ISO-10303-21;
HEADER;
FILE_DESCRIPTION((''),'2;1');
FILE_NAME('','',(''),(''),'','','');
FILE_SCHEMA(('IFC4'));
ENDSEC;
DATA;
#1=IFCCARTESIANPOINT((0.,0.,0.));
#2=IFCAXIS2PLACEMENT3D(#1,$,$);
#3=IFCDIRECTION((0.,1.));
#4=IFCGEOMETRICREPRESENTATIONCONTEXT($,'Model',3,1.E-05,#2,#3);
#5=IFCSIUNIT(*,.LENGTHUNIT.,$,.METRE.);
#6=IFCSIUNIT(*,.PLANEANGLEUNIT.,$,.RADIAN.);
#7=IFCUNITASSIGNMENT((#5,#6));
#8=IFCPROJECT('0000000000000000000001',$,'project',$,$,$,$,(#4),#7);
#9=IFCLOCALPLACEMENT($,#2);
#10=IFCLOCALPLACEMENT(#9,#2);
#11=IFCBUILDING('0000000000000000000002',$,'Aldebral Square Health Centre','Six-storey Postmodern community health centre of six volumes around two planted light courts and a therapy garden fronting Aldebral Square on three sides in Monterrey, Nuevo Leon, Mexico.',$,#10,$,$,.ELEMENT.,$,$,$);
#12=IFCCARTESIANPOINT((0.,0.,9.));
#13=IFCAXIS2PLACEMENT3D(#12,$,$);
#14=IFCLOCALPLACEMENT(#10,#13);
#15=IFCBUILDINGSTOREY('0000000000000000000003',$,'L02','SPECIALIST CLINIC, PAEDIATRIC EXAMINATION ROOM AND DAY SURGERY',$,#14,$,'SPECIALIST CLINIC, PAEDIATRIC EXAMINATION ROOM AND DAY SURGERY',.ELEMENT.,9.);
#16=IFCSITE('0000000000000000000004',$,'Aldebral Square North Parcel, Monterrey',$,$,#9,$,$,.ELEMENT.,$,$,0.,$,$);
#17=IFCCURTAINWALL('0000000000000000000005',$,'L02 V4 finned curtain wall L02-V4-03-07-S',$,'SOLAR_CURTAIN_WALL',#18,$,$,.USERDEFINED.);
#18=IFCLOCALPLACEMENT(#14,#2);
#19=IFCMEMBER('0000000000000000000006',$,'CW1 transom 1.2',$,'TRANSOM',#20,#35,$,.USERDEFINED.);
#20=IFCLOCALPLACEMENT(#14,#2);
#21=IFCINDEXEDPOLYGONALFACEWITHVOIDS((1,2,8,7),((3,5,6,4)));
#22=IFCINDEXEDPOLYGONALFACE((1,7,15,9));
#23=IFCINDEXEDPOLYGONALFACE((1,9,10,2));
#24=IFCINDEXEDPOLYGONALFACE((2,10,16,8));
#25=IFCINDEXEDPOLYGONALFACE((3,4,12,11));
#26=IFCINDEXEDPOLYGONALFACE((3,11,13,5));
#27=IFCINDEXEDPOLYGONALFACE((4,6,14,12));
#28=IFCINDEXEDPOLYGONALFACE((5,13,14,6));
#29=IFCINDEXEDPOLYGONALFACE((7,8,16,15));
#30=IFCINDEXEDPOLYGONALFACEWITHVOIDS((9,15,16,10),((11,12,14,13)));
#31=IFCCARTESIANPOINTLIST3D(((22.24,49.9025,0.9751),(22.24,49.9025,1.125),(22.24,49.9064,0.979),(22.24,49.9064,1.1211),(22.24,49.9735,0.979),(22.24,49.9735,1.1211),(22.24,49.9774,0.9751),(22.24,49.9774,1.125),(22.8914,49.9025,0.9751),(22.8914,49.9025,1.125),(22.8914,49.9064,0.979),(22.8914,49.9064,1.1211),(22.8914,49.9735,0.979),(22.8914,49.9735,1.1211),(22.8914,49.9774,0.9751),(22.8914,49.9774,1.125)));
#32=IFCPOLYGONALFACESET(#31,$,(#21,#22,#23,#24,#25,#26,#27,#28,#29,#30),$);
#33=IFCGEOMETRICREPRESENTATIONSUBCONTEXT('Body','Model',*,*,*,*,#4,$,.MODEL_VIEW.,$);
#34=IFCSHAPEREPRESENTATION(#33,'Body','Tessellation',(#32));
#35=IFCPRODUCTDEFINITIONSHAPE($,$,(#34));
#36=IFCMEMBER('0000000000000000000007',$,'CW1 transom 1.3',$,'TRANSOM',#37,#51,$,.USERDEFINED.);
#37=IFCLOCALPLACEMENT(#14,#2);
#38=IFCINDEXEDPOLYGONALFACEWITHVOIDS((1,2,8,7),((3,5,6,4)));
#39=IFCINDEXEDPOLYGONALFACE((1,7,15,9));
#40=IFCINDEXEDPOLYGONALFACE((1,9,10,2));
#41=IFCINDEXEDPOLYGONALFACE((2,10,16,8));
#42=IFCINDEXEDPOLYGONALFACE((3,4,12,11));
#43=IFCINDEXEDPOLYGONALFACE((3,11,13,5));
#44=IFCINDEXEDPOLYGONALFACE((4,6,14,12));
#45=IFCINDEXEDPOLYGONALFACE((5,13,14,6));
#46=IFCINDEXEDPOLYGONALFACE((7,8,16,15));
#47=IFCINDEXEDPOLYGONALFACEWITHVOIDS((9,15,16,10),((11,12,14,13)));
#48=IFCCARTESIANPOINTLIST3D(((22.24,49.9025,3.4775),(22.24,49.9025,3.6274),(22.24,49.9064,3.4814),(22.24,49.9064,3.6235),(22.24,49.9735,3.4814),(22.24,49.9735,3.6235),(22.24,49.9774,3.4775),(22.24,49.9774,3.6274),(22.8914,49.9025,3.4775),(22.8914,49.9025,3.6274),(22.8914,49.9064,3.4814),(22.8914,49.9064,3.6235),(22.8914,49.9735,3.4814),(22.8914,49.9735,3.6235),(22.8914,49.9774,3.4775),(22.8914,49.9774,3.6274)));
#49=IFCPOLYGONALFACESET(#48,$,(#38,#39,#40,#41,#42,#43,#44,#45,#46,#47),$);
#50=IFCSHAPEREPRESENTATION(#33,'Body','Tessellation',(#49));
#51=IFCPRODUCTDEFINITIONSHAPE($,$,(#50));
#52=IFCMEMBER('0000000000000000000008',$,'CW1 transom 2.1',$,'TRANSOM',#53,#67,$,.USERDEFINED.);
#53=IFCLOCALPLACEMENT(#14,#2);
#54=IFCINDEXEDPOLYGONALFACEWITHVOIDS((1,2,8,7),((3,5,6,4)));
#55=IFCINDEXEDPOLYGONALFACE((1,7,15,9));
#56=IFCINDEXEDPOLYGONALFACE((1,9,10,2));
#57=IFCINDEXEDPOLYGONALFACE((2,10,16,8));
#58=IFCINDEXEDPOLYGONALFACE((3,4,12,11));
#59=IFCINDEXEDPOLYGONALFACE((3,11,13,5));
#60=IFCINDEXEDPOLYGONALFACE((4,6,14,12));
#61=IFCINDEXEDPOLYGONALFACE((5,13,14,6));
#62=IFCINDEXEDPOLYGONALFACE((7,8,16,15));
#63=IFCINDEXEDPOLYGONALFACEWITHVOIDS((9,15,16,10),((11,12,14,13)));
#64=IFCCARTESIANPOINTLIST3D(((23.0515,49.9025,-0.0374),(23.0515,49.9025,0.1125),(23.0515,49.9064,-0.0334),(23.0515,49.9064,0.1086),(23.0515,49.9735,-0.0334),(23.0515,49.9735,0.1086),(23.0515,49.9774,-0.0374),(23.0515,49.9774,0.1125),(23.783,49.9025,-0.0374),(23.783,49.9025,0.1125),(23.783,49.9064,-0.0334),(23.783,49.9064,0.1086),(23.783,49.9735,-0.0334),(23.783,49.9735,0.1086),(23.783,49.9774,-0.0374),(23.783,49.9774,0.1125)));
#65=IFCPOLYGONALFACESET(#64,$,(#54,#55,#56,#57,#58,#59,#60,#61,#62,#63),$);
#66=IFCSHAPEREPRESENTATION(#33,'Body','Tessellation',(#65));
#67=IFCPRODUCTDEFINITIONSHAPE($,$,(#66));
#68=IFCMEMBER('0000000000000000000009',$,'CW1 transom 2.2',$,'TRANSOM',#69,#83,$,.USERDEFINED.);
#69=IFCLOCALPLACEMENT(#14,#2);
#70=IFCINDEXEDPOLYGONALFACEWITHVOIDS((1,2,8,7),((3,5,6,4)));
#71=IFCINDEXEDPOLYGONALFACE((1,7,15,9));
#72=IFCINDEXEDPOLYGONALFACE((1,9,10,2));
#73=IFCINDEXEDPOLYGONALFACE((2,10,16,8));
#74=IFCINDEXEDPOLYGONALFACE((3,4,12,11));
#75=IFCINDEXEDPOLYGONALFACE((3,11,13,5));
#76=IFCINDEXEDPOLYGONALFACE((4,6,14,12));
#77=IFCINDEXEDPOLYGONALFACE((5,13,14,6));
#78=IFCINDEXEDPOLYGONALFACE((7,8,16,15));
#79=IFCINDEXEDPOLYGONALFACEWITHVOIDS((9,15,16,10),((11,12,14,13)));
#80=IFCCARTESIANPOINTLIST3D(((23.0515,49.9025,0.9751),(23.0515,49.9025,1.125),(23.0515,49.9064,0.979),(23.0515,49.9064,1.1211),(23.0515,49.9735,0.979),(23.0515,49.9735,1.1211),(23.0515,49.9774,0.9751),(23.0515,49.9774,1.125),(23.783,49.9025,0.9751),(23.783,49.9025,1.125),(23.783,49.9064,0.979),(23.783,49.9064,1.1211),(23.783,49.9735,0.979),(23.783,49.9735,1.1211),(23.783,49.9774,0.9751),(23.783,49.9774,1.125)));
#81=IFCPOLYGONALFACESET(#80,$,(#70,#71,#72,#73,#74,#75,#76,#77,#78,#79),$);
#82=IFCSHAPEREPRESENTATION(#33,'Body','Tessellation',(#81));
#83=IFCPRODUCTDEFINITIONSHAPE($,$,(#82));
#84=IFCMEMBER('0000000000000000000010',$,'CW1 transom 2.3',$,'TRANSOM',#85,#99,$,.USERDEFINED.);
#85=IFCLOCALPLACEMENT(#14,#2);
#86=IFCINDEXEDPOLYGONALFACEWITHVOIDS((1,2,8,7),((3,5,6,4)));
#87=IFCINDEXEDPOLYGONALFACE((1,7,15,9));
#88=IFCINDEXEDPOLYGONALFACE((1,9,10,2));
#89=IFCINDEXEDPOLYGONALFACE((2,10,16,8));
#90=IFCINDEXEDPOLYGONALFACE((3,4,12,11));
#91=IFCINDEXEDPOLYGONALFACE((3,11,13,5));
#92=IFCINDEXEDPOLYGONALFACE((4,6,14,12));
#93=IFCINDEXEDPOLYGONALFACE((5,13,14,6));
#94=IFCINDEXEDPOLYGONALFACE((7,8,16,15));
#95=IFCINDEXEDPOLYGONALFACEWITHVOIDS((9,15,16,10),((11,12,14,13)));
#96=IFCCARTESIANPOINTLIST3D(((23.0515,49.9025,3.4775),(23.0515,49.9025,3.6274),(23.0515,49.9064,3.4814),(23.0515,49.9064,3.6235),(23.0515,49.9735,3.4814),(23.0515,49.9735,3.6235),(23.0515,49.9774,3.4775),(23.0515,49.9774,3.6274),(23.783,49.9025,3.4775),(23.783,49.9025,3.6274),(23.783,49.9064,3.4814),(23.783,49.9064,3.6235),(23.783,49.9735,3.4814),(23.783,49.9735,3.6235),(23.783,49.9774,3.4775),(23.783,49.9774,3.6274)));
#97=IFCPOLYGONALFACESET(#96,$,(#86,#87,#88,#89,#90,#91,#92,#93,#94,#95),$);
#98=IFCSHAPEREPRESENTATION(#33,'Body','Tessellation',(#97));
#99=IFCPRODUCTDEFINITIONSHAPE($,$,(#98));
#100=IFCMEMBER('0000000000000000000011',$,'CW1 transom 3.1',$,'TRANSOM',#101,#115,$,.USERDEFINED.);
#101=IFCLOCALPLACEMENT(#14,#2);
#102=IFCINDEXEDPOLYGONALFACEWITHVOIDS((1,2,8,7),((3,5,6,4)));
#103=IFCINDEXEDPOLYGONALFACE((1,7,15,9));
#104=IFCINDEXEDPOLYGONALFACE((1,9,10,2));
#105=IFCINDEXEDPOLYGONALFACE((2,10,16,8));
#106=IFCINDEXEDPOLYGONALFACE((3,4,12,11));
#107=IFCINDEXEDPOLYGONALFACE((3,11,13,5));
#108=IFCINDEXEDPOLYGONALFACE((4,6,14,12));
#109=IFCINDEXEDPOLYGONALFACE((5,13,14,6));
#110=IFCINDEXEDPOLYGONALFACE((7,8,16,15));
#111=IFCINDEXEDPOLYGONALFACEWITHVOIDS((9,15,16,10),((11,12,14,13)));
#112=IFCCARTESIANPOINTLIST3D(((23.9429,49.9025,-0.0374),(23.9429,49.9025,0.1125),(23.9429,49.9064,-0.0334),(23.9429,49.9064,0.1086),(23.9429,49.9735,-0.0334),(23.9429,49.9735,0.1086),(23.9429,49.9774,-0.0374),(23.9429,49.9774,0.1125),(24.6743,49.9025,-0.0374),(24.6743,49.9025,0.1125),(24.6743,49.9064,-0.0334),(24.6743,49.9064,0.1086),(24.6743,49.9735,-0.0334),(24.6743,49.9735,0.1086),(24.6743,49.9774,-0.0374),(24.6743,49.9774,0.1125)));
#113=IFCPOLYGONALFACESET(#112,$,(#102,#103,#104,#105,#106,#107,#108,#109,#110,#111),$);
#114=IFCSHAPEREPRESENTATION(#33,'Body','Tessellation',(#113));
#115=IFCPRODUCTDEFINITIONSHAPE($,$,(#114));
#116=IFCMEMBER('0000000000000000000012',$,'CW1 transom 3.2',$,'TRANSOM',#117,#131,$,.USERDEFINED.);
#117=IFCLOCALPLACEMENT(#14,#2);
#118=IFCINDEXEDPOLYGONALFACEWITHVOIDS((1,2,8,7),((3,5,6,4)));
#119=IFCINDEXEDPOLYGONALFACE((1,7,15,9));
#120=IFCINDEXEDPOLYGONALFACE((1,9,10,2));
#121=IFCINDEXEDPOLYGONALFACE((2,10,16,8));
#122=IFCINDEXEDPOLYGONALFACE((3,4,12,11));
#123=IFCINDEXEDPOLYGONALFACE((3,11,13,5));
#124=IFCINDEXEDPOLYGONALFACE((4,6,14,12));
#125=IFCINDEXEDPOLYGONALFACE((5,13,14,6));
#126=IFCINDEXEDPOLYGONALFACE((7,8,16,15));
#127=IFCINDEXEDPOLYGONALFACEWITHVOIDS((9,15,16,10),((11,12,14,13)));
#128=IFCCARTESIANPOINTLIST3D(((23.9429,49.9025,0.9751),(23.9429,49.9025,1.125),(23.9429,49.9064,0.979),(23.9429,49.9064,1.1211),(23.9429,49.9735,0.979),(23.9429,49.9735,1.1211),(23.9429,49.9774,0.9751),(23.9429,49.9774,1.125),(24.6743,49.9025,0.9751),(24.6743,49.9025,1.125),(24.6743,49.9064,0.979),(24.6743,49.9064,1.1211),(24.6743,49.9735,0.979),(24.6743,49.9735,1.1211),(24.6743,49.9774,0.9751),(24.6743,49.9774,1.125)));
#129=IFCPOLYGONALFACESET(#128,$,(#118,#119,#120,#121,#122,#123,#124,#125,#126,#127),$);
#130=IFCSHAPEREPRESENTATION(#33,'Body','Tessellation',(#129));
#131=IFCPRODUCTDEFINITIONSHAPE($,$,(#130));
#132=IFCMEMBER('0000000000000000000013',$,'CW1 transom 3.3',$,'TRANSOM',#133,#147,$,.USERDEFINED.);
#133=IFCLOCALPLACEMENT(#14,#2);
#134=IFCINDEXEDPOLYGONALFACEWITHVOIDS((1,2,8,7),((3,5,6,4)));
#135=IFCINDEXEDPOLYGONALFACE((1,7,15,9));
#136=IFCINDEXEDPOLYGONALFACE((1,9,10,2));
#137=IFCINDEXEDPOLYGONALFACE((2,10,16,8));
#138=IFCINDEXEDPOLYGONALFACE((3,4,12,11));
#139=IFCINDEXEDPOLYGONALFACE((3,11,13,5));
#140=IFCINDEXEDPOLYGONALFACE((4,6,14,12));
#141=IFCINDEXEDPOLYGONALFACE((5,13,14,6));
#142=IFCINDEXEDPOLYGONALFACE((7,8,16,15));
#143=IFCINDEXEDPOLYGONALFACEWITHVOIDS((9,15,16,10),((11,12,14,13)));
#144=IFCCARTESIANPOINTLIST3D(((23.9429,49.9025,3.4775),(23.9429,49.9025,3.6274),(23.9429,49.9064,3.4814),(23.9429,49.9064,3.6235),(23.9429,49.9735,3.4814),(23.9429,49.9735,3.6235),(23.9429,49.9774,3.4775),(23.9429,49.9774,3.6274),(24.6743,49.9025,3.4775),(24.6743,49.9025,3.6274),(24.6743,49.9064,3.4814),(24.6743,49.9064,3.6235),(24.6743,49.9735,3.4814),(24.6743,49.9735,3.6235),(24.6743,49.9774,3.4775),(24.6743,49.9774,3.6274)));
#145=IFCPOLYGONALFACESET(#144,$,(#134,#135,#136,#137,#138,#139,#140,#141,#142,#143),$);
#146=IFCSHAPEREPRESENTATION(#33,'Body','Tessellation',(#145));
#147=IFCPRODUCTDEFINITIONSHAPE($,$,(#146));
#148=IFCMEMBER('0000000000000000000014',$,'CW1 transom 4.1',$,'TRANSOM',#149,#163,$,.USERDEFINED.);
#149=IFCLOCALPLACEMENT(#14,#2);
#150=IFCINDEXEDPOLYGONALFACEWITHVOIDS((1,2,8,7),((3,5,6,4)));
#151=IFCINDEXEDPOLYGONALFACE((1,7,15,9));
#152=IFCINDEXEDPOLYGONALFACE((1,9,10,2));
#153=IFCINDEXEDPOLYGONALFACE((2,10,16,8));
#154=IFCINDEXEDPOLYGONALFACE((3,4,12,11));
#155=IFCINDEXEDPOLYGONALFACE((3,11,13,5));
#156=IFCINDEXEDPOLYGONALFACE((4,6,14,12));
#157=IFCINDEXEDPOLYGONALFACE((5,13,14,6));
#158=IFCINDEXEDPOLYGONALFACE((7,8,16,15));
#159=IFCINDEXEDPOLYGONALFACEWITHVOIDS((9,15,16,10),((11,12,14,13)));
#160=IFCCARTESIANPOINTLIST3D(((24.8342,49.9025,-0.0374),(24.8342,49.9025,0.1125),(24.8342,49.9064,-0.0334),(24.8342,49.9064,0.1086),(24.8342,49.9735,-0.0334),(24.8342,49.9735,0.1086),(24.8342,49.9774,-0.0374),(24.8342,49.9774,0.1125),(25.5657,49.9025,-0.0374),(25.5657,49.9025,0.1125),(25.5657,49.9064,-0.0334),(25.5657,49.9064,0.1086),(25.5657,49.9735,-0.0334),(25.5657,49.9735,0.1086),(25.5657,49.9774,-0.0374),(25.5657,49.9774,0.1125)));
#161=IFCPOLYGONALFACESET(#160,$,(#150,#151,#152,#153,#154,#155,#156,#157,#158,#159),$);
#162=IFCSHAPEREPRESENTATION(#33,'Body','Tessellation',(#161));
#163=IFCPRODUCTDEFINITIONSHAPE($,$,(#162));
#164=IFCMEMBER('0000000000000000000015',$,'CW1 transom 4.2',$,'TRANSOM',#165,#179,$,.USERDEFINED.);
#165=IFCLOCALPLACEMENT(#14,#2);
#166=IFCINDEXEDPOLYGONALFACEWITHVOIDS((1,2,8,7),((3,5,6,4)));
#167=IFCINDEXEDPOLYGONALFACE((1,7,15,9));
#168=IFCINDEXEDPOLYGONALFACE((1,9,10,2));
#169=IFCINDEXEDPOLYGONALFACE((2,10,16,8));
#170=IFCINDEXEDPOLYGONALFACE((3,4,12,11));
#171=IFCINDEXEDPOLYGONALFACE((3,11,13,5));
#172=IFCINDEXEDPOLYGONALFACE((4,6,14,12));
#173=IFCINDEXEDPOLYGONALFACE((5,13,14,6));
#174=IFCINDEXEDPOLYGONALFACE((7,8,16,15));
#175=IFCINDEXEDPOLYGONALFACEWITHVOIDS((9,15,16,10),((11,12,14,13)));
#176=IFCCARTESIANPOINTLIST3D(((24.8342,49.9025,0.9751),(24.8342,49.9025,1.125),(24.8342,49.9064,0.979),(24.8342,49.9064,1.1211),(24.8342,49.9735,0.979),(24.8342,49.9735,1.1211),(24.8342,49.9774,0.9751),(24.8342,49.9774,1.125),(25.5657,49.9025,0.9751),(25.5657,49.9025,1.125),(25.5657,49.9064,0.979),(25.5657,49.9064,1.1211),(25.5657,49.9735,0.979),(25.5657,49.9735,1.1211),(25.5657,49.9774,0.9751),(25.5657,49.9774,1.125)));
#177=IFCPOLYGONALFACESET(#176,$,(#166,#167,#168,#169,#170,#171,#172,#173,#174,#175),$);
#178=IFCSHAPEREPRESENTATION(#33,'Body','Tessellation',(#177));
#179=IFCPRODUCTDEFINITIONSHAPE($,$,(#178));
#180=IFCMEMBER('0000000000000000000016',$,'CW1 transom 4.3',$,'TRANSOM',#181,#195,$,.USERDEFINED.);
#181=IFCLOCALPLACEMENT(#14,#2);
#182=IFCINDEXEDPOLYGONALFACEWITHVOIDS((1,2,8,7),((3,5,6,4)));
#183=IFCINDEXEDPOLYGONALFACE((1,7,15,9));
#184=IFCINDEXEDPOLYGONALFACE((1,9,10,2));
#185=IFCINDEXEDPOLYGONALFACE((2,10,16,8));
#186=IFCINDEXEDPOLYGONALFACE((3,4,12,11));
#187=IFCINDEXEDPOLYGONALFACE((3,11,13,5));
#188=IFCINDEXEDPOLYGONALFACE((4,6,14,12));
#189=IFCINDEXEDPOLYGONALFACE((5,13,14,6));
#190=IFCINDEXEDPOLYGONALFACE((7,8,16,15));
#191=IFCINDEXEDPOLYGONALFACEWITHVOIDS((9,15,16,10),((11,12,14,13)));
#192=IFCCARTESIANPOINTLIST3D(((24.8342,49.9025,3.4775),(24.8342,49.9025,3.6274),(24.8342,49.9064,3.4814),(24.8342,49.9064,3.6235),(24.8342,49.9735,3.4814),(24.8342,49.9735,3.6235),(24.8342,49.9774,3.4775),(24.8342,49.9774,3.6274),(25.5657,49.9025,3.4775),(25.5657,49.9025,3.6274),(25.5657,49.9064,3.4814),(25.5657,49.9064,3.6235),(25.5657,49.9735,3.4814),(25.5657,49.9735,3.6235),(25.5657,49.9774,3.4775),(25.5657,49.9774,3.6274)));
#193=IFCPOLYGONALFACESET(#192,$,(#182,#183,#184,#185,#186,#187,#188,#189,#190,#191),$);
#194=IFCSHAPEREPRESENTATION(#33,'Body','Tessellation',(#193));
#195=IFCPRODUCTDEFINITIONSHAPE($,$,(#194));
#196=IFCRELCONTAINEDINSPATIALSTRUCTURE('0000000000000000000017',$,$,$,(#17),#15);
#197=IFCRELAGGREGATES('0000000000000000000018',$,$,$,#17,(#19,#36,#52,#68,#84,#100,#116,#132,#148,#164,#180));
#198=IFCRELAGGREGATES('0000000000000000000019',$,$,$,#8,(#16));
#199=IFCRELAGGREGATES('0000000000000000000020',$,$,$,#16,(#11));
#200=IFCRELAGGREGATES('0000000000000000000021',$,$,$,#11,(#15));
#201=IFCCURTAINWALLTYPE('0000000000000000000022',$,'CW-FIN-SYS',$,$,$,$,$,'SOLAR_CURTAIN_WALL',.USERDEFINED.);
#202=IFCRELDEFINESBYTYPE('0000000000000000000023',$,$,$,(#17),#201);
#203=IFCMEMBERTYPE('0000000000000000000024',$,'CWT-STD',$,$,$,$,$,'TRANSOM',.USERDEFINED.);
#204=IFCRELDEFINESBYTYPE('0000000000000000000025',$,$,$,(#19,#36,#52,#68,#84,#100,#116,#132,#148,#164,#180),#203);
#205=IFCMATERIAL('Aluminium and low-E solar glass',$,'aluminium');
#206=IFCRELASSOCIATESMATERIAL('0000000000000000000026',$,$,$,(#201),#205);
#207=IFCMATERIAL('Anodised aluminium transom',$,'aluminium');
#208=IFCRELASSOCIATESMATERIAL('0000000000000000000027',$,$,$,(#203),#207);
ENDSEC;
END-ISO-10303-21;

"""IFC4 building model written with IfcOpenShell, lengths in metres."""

from ifc_helpers import new_model, si_unit, direction, frame, origin, origin_2d, place, context, subcontext, project, spatial, hollow_rectangle, extrude, material, material_profile, profile_set, type_object, element, aggregate, save


model = new_model("IFC4")

# Units and contexts
model_context = context("Model", 3, precision=1e-05, world=origin(), true_north=direction((0.0, 1.0)))
body_context = subcontext(model_context, "Body", "Model", "MODEL_VIEW")
ifc_project = project(units=[si_unit("LENGTHUNIT", "METRE"), si_unit("PLANEANGLEUNIT", "RADIAN")], contexts=[model_context])

# Site, building, storey
site_placement = place(None, origin())
site = spatial("IfcSite", under=ifc_project, at=site_placement, Name="Aldebral Square North Parcel, Monterrey", CompositionType="ELEMENT", RefElevation=0.0)
building_placement = place(site_placement, origin())
building = spatial("IfcBuilding", under=site, at=building_placement, Name="Aldebral Square Health Centre", Description="Six-storey Postmodern community health centre of six volumes around two planted light courts and a therapy garden fronting Aldebral Square on three sides in Monterrey, Nuevo Leon, Mexico.", CompositionType="ELEMENT")
storey_placement = place(building_placement, frame((0.0, 0.0, 9.0)))
storey = spatial("IfcBuildingStorey", under=building, at=storey_placement, Name="L02", Description="SPECIALIST CLINIC, PAEDIATRIC EXAMINATION ROOM AND DAY SURGERY", LongName="SPECIALIST CLINIC, PAEDIATRIC EXAMINATION ROOM AND DAY SURGERY", CompositionType="ELEMENT", Elevation=9.0)

# Curtain wall
ifc_material_1 = material(Name="Aluminium and low-E solar glass", Category="aluminium")
curtain_wall_type = type_object("IfcCurtainWallType", Name="CW-FIN-SYS", ElementType="SOLAR_CURTAIN_WALL", PredefinedType="USERDEFINED", material=ifc_material_1)
curtain_wall_1_placement = place(storey_placement, origin())
curtain_wall_1 = element("IfcCurtainWall", 1, at=curtain_wall_1_placement, inside=storey, type_object=curtain_wall_type, Name="L02 V4 finned curtain wall L02-V4-03-07-S", ObjectType="SOLAR_CURTAIN_WALL", PredefinedType="USERDEFINED")

# Members
ifc_material_2 = material(Name="Anodised aluminium transom", Category="aluminium")
ifc_material_profile_1 = material_profile(ifc_material_2, hollow_rectangle(XDim=0.075, YDim=0.1499, WallThickness=0.0039, at=origin_2d()), Name="CWT 75x150x4")
ifc_profile_set_1 = profile_set([ifc_material_profile_1], Name="Anodised aluminium transom")
member_type_1 = type_object("IfcMemberType", Name="CWT-STD", ElementType="TRANSOM", PredefinedType="USERDEFINED", material=ifc_profile_set_1)
member_1_placement = place(storey_placement, frame((22.24, 49.9399, 1.05), z_axis=(1.0, 0.0, 0.0), x_axis=(0.0, 1.0, 0.0)))
member_1 = element("IfcMember", 2, at=member_1_placement, type_object=member_type_1, Name="CW1 transom 1.2", ObjectType="TRANSOM", PredefinedType="USERDEFINED", context=body_context, shape_type="SweptSolid", body=[
    extrude(hollow_rectangle(XDim=0.075, YDim=0.1499, WallThickness=0.0039, at=origin_2d()), origin(), (0.0, 0.0, 1.0), 0.6514),
])
member_2_placement = place(storey_placement, frame((22.24, 49.9399, 3.5525), z_axis=(1.0, 0.0, 0.0), x_axis=(0.0, 1.0, 0.0)))
member_2 = element("IfcMember", 3, at=member_2_placement, type_object=member_type_1, Name="CW1 transom 1.3", ObjectType="TRANSOM", PredefinedType="USERDEFINED", context=body_context, shape_type="SweptSolid", body=[
    extrude(hollow_rectangle(XDim=0.075, YDim=0.1499, WallThickness=0.0039, at=origin_2d()), origin(), (0.0, 0.0, 1.0), 0.6514),
])
member_3_placement = place(storey_placement, frame((23.0515, 49.9399, 0.0376), z_axis=(1.0, 0.0, 0.0), x_axis=(0.0, 1.0, 0.0)))
member_3 = element("IfcMember", 4, at=member_3_placement, type_object=member_type_1, Name="CW1 transom 2.1", ObjectType="TRANSOM", PredefinedType="USERDEFINED", context=body_context, shape_type="SweptSolid", body=[
    extrude(hollow_rectangle(XDim=0.075, YDim=0.1499, WallThickness=0.0039, at=origin_2d()), origin(), (0.0, 0.0, 1.0), 0.7314),
])
member_4_placement = place(storey_placement, frame((23.0515, 49.9399, 1.05), z_axis=(1.0, 0.0, 0.0), x_axis=(0.0, 1.0, 0.0)))
member_4 = element("IfcMember", 5, at=member_4_placement, type_object=member_type_1, Name="CW1 transom 2.2", ObjectType="TRANSOM", PredefinedType="USERDEFINED", context=body_context, shape_type="SweptSolid", body=[
    extrude(hollow_rectangle(XDim=0.075, YDim=0.1499, WallThickness=0.0039, at=origin_2d()), origin(), (0.0, 0.0, 1.0), 0.7314),
])
member_5_placement = place(storey_placement, frame((23.0515, 49.9399, 3.5525), z_axis=(1.0, 0.0, 0.0), x_axis=(0.0, 1.0, 0.0)))
member_5 = element("IfcMember", 6, at=member_5_placement, type_object=member_type_1, Name="CW1 transom 2.3", ObjectType="TRANSOM", PredefinedType="USERDEFINED", context=body_context, shape_type="SweptSolid", body=[
    extrude(hollow_rectangle(XDim=0.075, YDim=0.1499, WallThickness=0.0039, at=origin_2d()), origin(), (0.0, 0.0, 1.0), 0.7314),
])
member_6_placement = place(storey_placement, frame((23.9429, 49.9399, 0.0376), z_axis=(1.0, 0.0, 0.0), x_axis=(0.0, 1.0, 0.0)))
member_6 = element("IfcMember", 7, at=member_6_placement, type_object=member_type_1, Name="CW1 transom 3.1", ObjectType="TRANSOM", PredefinedType="USERDEFINED", context=body_context, shape_type="SweptSolid", body=[
    extrude(hollow_rectangle(XDim=0.075, YDim=0.1499, WallThickness=0.0039, at=origin_2d()), origin(), (0.0, 0.0, 1.0), 0.7314),
])
member_7_placement = place(storey_placement, frame((23.9429, 49.9399, 1.05), z_axis=(1.0, 0.0, 0.0), x_axis=(0.0, 1.0, 0.0)))
member_7 = element("IfcMember", 8, at=member_7_placement, type_object=member_type_1, Name="CW1 transom 3.2", ObjectType="TRANSOM", PredefinedType="USERDEFINED", context=body_context, shape_type="SweptSolid", body=[
    extrude(hollow_rectangle(XDim=0.075, YDim=0.1499, WallThickness=0.0039, at=origin_2d()), origin(), (0.0, 0.0, 1.0), 0.7314),
])
member_8_placement = place(storey_placement, frame((23.9429, 49.9399, 3.5525), z_axis=(1.0, 0.0, 0.0), x_axis=(0.0, 1.0, 0.0)))
member_8 = element("IfcMember", 9, at=member_8_placement, type_object=member_type_1, Name="CW1 transom 3.3", ObjectType="TRANSOM", PredefinedType="USERDEFINED", context=body_context, shape_type="SweptSolid", body=[
    extrude(hollow_rectangle(XDim=0.075, YDim=0.1499, WallThickness=0.0039, at=origin_2d()), origin(), (0.0, 0.0, 1.0), 0.7314),
])
member_9_placement = place(storey_placement, frame((24.8342, 49.9399, 0.0376), z_axis=(1.0, 0.0, 0.0), x_axis=(0.0, 1.0, 0.0)))
member_9 = element("IfcMember", 10, at=member_9_placement, type_object=member_type_1, Name="CW1 transom 4.1", ObjectType="TRANSOM", PredefinedType="USERDEFINED", context=body_context, shape_type="SweptSolid", body=[
    extrude(hollow_rectangle(XDim=0.075, YDim=0.1499, WallThickness=0.0039, at=origin_2d()), origin(), (0.0, 0.0, 1.0), 0.7314),
])
member_10_placement = place(storey_placement, frame((24.8342, 49.9399, 1.05), z_axis=(1.0, 0.0, 0.0), x_axis=(0.0, 1.0, 0.0)))
member_10 = element("IfcMember", 11, at=member_10_placement, type_object=member_type_1, Name="CW1 transom 4.2", ObjectType="TRANSOM", PredefinedType="USERDEFINED", context=body_context, shape_type="SweptSolid", body=[
    extrude(hollow_rectangle(XDim=0.075, YDim=0.1499, WallThickness=0.0039, at=origin_2d()), origin(), (0.0, 0.0, 1.0), 0.7314),
])
member_11_placement = place(storey_placement, frame((24.8342, 49.9399, 3.5525), z_axis=(1.0, 0.0, 0.0), x_axis=(0.0, 1.0, 0.0)))
member_11 = element("IfcMember", 12, at=member_11_placement, type_object=member_type_1, Name="CW1 transom 4.3", ObjectType="TRANSOM", PredefinedType="USERDEFINED", context=body_context, shape_type="SweptSolid", body=[
    extrude(hollow_rectangle(XDim=0.075, YDim=0.1499, WallThickness=0.0039, at=origin_2d()), origin(), (0.0, 0.0, 1.0), 0.7314),
])

aggregate(curtain_wall_1, [member_1, member_2, member_3, member_4, member_5, member_6, member_7, member_8, member_9, member_10, member_11])

save(model, "model.ifc")
